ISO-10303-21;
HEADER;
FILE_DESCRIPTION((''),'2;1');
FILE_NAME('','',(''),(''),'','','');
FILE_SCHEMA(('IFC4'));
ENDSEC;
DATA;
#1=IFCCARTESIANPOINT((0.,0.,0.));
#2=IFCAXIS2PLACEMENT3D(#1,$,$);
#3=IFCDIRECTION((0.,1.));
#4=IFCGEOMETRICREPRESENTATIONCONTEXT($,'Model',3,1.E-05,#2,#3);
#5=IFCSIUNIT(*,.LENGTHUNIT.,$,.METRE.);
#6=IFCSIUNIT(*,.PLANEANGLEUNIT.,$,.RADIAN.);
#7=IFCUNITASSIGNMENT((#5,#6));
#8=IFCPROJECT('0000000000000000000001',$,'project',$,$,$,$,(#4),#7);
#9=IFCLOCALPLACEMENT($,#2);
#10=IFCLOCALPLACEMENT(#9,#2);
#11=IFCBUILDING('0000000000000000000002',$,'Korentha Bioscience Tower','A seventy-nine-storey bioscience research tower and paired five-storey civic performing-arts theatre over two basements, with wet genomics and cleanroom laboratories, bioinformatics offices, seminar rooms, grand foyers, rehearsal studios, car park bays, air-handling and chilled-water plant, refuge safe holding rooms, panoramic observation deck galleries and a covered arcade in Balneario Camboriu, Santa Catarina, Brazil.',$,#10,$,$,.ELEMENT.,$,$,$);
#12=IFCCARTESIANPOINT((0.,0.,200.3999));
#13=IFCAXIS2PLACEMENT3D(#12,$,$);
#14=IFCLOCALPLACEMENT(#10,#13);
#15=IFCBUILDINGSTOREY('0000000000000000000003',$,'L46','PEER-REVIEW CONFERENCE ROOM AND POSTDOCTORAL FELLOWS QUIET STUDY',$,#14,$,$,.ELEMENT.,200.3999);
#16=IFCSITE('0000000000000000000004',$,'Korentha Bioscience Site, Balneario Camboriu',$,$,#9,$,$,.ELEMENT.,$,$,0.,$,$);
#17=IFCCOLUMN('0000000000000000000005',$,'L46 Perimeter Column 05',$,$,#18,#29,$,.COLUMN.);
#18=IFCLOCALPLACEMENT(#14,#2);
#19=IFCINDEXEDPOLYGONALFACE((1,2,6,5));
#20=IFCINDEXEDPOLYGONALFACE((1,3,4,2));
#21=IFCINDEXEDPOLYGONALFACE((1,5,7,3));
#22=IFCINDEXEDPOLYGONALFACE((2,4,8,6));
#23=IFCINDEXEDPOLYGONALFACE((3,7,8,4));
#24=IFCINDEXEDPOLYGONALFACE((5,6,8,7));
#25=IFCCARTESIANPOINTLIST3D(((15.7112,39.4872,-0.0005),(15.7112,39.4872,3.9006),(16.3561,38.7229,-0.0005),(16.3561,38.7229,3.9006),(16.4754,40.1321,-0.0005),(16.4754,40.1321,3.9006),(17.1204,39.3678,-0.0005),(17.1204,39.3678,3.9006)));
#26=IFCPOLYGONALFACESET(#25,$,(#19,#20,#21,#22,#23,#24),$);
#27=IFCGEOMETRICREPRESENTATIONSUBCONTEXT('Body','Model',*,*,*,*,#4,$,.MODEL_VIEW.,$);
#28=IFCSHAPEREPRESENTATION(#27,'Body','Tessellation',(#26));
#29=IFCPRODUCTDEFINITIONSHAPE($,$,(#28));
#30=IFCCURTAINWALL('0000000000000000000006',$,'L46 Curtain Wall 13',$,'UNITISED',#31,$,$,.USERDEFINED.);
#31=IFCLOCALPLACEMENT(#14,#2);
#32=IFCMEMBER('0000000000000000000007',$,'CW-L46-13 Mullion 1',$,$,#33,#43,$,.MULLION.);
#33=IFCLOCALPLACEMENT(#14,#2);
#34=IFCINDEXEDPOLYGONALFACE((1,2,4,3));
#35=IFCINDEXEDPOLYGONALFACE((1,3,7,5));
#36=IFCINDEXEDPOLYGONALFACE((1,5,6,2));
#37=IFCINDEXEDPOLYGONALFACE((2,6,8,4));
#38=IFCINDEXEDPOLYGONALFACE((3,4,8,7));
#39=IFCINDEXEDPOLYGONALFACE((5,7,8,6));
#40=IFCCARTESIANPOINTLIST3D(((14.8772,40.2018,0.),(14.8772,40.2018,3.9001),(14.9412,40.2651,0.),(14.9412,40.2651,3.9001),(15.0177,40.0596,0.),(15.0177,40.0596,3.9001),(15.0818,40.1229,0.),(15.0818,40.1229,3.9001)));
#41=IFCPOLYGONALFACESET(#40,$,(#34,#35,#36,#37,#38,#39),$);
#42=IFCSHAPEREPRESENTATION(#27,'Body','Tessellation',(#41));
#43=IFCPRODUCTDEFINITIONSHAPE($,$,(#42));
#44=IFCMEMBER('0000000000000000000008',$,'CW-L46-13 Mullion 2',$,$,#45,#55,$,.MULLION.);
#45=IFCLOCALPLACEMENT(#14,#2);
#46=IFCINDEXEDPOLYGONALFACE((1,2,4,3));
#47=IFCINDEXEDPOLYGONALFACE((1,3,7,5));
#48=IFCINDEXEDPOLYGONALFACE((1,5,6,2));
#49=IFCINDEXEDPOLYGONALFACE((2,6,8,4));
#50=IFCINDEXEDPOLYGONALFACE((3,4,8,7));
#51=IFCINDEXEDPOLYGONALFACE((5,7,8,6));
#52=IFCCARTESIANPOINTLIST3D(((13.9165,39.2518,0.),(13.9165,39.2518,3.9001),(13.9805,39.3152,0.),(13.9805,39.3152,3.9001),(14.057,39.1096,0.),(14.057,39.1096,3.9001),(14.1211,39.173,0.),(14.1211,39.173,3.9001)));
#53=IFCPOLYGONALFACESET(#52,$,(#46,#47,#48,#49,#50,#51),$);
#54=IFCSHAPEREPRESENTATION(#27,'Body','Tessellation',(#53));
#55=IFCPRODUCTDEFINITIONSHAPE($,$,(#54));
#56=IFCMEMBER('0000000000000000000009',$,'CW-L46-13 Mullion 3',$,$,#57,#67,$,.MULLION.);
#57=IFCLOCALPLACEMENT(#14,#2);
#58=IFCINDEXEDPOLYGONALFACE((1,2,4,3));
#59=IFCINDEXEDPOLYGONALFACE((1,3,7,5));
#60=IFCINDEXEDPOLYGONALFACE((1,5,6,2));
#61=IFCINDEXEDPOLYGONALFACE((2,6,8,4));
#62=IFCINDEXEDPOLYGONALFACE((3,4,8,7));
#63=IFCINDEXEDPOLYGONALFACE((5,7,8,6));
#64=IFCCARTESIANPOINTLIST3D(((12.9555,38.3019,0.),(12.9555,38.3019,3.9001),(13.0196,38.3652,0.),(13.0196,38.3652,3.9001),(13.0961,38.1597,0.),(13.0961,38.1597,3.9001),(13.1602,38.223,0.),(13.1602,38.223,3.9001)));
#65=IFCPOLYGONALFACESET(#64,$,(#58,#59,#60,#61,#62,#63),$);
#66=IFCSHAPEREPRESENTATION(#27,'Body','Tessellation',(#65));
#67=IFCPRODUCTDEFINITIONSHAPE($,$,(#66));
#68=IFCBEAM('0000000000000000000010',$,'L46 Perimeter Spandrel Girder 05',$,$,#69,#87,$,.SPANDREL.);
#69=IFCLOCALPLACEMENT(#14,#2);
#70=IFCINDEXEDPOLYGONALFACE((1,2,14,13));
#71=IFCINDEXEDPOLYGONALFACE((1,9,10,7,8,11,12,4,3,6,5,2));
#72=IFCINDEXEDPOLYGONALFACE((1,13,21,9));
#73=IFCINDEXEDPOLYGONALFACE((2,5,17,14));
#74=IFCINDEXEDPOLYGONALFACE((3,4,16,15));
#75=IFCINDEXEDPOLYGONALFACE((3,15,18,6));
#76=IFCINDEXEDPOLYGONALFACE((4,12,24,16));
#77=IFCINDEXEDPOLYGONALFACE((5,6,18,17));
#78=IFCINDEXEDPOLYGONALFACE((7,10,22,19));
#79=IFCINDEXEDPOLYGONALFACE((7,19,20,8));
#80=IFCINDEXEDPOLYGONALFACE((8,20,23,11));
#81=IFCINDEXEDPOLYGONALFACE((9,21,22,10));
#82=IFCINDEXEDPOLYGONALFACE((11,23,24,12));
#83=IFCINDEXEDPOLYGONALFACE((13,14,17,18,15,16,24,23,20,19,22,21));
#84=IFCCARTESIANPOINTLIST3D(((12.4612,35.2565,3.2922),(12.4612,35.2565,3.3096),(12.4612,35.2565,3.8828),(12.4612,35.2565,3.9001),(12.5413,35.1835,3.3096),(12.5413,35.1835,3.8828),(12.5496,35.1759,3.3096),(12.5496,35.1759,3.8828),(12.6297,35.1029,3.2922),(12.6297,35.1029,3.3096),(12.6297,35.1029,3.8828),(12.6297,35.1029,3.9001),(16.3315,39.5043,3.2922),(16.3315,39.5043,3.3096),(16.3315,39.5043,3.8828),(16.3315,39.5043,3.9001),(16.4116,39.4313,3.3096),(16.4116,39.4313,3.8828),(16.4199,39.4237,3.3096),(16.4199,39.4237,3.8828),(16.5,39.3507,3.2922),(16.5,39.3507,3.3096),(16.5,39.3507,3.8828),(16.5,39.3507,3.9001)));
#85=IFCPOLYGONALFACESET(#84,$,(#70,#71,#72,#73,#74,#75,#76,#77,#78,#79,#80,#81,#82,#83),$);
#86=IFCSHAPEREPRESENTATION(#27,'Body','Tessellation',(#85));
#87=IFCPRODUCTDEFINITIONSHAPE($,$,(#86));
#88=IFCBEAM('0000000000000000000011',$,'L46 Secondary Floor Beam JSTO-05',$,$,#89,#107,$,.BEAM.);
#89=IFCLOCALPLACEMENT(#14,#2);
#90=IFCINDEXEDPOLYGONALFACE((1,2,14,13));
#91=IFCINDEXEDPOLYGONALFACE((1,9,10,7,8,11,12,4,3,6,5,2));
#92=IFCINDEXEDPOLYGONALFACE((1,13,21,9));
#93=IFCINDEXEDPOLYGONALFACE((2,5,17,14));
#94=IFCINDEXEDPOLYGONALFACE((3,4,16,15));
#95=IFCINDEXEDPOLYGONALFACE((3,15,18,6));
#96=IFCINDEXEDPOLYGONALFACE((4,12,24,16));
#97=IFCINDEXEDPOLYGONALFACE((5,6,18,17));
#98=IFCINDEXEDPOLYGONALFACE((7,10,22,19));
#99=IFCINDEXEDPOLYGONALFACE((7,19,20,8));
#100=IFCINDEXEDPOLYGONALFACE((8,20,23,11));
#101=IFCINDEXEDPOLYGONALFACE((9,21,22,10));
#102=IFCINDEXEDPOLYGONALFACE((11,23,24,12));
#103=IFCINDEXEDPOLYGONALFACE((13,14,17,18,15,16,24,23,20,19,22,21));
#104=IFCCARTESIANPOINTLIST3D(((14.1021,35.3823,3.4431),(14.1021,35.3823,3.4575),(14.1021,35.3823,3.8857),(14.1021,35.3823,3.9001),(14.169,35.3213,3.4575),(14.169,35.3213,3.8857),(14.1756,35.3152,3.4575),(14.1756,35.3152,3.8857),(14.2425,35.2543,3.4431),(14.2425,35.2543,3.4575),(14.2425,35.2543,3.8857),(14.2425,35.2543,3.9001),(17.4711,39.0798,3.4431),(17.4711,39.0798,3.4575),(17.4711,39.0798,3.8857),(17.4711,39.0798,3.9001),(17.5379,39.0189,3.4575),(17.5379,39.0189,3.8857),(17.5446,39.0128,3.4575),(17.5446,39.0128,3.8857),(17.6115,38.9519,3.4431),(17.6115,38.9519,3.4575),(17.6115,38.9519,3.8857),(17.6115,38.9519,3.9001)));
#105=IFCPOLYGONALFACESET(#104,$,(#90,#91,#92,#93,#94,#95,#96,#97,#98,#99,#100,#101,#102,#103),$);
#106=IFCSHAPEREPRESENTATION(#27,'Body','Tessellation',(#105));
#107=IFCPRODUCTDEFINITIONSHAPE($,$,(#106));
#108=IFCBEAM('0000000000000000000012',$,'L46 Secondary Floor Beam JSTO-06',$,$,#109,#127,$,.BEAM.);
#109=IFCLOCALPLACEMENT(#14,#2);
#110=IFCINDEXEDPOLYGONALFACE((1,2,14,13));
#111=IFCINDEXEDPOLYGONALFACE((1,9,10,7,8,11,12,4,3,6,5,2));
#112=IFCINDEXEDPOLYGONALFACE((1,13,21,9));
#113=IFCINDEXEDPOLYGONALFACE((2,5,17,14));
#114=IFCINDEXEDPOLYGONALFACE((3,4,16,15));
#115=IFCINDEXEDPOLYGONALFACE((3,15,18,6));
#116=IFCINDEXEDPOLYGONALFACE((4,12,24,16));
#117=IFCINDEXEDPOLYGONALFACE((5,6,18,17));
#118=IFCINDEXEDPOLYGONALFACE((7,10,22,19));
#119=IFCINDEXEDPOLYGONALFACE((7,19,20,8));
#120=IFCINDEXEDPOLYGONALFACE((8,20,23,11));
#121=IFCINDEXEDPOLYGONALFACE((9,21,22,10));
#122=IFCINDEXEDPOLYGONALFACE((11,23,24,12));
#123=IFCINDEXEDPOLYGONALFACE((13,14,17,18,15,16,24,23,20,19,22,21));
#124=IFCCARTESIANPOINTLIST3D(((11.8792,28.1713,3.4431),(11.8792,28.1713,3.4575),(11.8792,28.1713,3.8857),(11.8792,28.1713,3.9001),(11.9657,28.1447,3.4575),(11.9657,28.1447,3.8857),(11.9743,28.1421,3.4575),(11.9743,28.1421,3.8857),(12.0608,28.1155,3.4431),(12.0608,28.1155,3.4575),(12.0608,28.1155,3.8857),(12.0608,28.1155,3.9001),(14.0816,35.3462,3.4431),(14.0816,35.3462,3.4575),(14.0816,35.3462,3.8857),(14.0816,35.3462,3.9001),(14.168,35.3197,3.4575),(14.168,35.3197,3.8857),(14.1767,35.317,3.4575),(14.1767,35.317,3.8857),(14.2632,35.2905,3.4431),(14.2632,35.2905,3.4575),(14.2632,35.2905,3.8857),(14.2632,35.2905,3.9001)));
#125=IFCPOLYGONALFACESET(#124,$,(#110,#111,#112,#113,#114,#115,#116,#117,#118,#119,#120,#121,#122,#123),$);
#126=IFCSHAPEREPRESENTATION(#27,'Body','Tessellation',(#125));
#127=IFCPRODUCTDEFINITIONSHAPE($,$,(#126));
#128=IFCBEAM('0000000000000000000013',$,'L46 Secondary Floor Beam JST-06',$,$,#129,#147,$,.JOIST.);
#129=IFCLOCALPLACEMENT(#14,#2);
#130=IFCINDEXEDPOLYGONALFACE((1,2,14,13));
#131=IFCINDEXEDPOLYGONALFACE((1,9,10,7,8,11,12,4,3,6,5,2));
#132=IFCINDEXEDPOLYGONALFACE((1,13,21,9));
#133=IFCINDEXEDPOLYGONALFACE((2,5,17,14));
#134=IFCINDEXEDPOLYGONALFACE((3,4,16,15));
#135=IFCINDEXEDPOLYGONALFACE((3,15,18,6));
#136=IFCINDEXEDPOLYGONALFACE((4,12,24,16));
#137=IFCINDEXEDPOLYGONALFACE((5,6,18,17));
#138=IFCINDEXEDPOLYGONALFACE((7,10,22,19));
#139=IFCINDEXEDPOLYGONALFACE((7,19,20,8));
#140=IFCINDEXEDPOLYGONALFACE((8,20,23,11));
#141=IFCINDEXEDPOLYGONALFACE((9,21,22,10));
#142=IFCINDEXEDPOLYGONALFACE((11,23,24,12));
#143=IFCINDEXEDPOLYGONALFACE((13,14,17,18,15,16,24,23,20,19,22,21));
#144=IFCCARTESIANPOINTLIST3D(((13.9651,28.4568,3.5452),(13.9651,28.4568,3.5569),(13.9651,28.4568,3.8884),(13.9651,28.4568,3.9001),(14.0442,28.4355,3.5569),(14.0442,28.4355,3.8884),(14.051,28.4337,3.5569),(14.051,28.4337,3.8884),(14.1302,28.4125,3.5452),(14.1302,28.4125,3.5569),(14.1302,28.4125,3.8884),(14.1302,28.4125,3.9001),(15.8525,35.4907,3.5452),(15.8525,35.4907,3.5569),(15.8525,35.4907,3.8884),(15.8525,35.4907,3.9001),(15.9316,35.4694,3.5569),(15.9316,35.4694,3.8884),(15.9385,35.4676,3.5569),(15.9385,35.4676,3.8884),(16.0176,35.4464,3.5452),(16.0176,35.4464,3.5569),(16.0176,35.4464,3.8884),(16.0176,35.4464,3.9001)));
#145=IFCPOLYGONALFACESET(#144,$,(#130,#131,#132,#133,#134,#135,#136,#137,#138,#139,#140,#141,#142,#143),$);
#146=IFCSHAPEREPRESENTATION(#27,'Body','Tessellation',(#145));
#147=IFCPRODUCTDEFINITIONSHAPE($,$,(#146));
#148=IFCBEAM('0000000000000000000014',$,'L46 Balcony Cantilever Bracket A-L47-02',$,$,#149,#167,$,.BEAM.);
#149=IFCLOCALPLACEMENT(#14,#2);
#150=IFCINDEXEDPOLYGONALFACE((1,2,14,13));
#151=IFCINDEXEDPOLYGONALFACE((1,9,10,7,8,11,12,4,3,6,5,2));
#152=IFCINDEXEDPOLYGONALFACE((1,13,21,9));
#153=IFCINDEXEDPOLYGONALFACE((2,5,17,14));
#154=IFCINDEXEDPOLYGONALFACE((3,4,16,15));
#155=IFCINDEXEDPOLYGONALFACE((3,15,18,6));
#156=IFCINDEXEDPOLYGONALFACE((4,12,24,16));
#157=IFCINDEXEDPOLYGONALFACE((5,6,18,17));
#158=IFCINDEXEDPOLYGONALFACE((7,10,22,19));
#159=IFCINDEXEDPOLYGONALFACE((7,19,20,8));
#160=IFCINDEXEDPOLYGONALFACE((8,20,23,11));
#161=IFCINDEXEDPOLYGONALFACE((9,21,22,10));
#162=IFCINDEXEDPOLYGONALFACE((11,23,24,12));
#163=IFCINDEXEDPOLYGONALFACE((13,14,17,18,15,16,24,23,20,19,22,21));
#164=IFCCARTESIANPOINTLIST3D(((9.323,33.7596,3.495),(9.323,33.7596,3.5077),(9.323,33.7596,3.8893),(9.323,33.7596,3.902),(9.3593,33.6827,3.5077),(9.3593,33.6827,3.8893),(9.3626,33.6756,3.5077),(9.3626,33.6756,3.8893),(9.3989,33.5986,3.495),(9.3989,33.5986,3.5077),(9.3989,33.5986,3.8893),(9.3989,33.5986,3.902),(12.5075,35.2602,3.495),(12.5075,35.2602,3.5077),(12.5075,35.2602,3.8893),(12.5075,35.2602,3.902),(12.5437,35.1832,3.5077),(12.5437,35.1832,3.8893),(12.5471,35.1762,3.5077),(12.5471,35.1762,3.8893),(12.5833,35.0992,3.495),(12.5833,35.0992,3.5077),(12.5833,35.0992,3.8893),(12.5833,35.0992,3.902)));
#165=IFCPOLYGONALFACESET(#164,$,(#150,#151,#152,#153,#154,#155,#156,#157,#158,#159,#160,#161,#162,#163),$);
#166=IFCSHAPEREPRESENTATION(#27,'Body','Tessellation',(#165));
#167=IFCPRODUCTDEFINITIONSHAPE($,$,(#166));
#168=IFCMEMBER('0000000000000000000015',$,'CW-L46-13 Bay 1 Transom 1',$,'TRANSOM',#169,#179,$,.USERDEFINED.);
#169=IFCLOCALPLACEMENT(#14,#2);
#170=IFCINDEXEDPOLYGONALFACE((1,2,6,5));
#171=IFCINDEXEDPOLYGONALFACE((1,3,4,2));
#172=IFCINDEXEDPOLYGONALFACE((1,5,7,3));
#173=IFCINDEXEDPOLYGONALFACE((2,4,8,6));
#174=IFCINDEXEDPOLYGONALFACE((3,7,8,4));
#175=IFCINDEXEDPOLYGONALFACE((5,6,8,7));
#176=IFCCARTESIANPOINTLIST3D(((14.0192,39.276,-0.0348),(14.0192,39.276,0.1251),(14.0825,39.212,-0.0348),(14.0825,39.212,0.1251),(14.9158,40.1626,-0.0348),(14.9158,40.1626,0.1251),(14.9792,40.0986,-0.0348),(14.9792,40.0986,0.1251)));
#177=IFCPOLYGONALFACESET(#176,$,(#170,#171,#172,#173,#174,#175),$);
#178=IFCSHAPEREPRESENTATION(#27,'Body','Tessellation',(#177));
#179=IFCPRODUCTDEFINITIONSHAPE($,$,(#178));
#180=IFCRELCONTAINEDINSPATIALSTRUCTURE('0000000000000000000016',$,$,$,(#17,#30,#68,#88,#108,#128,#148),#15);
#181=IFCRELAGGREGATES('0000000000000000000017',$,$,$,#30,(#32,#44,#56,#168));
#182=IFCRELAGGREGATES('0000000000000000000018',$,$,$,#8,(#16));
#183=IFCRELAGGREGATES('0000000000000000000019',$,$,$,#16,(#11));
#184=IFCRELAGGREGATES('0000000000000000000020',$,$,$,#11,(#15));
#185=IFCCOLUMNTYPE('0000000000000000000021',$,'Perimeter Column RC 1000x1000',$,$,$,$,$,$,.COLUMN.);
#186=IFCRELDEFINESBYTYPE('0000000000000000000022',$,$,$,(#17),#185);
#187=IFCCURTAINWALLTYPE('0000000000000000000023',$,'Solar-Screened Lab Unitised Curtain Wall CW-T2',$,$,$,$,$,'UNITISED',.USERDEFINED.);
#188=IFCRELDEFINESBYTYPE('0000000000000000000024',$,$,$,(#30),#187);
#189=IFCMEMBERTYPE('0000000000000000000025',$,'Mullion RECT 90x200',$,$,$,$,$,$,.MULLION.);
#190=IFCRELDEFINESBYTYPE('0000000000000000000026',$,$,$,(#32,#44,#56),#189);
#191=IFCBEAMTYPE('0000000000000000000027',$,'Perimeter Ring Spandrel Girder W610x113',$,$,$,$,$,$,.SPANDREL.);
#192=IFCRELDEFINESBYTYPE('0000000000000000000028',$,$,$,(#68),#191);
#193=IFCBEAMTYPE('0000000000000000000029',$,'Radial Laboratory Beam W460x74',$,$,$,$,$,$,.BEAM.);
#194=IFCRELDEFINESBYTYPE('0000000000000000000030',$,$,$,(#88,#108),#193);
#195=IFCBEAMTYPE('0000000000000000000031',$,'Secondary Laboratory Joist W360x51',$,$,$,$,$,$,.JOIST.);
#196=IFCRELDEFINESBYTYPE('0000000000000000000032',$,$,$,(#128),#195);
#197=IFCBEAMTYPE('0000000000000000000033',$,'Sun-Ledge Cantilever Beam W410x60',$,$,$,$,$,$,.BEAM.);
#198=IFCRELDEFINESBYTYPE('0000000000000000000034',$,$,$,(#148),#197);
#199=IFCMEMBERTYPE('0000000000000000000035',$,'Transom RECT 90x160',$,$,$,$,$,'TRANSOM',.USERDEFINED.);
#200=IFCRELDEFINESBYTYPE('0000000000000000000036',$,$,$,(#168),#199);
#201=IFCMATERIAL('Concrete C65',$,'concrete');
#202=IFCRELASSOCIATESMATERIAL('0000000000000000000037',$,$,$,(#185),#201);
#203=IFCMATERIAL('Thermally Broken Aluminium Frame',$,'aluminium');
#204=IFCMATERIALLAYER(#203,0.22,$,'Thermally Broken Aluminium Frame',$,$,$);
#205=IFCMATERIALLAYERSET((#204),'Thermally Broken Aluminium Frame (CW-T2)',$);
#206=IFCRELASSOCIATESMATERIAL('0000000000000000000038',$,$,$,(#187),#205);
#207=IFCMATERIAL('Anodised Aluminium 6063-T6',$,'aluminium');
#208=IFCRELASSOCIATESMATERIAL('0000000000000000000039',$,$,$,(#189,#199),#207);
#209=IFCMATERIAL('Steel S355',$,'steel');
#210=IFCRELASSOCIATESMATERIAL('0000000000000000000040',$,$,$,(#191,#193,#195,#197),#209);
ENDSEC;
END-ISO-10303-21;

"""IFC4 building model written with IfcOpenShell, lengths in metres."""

from ifc_helpers import new_model, si_unit, direction, frame, origin, origin_2d, place, context, subcontext, project, spatial, rectangle, i_section, extrude, material, layer, layer_set, material_profile, profile_set, type_object, element, aggregate, save


model = new_model("IFC4")

# Units and contexts
model_context = context("Model", 3, precision=1e-05, world=origin(), true_north=direction((0.0, 1.0)))
body_context = subcontext(model_context, "Body", "Model", "MODEL_VIEW")
ifc_project = project(units=[si_unit("LENGTHUNIT", "METRE"), si_unit("PLANEANGLEUNIT", "RADIAN")], contexts=[model_context])

# Site, building, storey
site_placement = place(None, origin())
site = spatial("IfcSite", under=ifc_project, at=site_placement, Name="Korentha Bioscience Site, Balneario Camboriu", CompositionType="ELEMENT", RefElevation=0.0)
building_placement = place(site_placement, origin())
building = spatial("IfcBuilding", under=site, at=building_placement, Name="Korentha Bioscience Tower", Description="A seventy-nine-storey bioscience research tower and paired five-storey civic performing-arts theatre over two basements, with wet genomics and cleanroom laboratories, bioinformatics offices, seminar rooms, grand foyers, rehearsal studios, car park bays, air-handling and chilled-water plant, refuge safe holding rooms, panoramic observation deck galleries and a covered arcade in Balneario Camboriu, Santa Catarina, Brazil.", CompositionType="ELEMENT")
storey_placement = place(building_placement, frame((0.0, 0.0, 200.3999)))
storey = spatial("IfcBuildingStorey", under=building, at=storey_placement, Name="L46", Description="PEER-REVIEW CONFERENCE ROOM AND POSTDOCTORAL FELLOWS QUIET STUDY", CompositionType="ELEMENT", Elevation=200.3999)

# Column
ifc_material_1 = material(Name="Concrete C65", Category="concrete")
ifc_material_profile_1 = material_profile(ifc_material_1, rectangle(XDim=1.0, YDim=1.0, at=origin_2d()), Name="Concrete C65")
ifc_profile_set_1 = profile_set([ifc_material_profile_1], Name="Concrete C65 (COL-P10)")
column_type = type_object("IfcColumnType", Name="Perimeter Column RC 1000x1000", PredefinedType="COLUMN", material=ifc_profile_set_1)
column_placement = place(storey_placement, frame((16.4158, 39.4275, -0.0005), z_axis=(0.0, 0.0, 1.0), x_axis=(0.764246, 0.644924, 0.0)))
element("IfcColumn", 1, at=column_placement, inside=storey, type_object=column_type, Name="L46 Perimeter Column 05", PredefinedType="COLUMN", context=body_context, shape_type="SweptSolid", body=[
    extrude(rectangle(XDim=1.0, YDim=1.0, at=origin_2d()), origin(), (0.0, 0.0, 1.0), 3.9011),
])

# Curtain wall, members
ifc_material_2 = material(Name="Thermally Broken Aluminium Frame", Category="aluminium")
ifc_layer_1 = layer(ifc_material_2, 0.22, Name="Thermally Broken Aluminium Frame")
ifc_layer_set_1 = layer_set([ifc_layer_1], Name="Thermally Broken Aluminium Frame (CW-T2)")
curtain_wall_type = type_object("IfcCurtainWallType", Name="Solar-Screened Lab Unitised Curtain Wall CW-T2", ElementType="UNITISED", PredefinedType="USERDEFINED", material=ifc_layer_set_1)
curtain_wall_placement = place(storey_placement, origin())
curtain_wall = element("IfcCurtainWall", 2, at=curtain_wall_placement, inside=storey, type_object=curtain_wall_type, Name="L46 Curtain Wall 13", ObjectType="UNITISED", PredefinedType="USERDEFINED")
ifc_material_3 = material(Name="Anodised Aluminium 6063-T6", Category="aluminium")
ifc_material_profile_2 = material_profile(ifc_material_3, rectangle(XDim=0.0901, YDim=0.2, at=origin_2d()), Name="Anodised Aluminium 6063-T6")
ifc_profile_set_2 = profile_set([ifc_material_profile_2], Name="Anodised Aluminium 6063-T6 (CW-MUL)")
member_type_1 = type_object("IfcMemberType", Name="Mullion RECT 90x200", PredefinedType="MULLION", material=ifc_profile_set_2)
member_1_placement = place(storey_placement, frame((14.9795, 40.1624, 0.0), z_axis=(0.0, 0.0, 1.0), x_axis=(-0.711178, -0.703012, 0.0)))
member_1 = element("IfcMember", 3, at=member_1_placement, type_object=member_type_1, Name="CW-L46-13 Mullion 1", PredefinedType="MULLION", context=body_context, shape_type="SweptSolid", body=[
    extrude(rectangle(XDim=0.0901, YDim=0.2, at=origin_2d()), origin(), (0.0, 0.0, 1.0), 3.9001),
])
member_2_placement = place(storey_placement, frame((14.0188, 39.2124, 0.0), z_axis=(0.0, 0.0, 1.0), x_axis=(-0.711178, -0.703012, 0.0)))
member_2 = element("IfcMember", 4, at=member_2_placement, type_object=member_type_1, Name="CW-L46-13 Mullion 2", PredefinedType="MULLION", context=body_context, shape_type="SweptSolid", body=[
    extrude(rectangle(XDim=0.0901, YDim=0.2, at=origin_2d()), origin(), (0.0, 0.0, 1.0), 3.9001),
])
member_3_placement = place(storey_placement, frame((13.0579, 38.2625, 0.0), z_axis=(0.0, 0.0, 1.0), x_axis=(-0.711178, -0.703012, 0.0)))
member_3 = element("IfcMember", 5, at=member_3_placement, type_object=member_type_1, Name="CW-L46-13 Mullion 3", PredefinedType="MULLION", context=body_context, shape_type="SweptSolid", body=[
    extrude(rectangle(XDim=0.0901, YDim=0.2, at=origin_2d()), origin(), (0.0, 0.0, 1.0), 3.9001),
])

# Beams
ifc_material_4 = material(Name="Steel S355", Category="steel")
ifc_material_profile_3 = material_profile(ifc_material_4, i_section(OverallWidth=0.228, OverallDepth=0.6079, WebThickness=0.0112, FlangeThickness=0.0173, at=origin_2d()), Name="Steel S355")
ifc_profile_set_3 = profile_set([ifc_material_profile_3], Name="Steel S355 (SB-610)")
beam_type_1 = type_object("IfcBeamType", Name="Perimeter Ring Spandrel Girder W610x113", PredefinedType="SPANDREL", material=ifc_profile_set_3)
beam_1_placement = place(storey_placement, frame((16.4158, 39.4275, 3.5962), z_axis=(-0.673503, -0.739184, 0.0), x_axis=(0.739184, -0.673503, 0.0)))
element("IfcBeam", 6, at=beam_1_placement, inside=storey, type_object=beam_type_1, Name="L46 Perimeter Spandrel Girder 05", PredefinedType="SPANDREL", context=body_context, shape_type="SweptSolid", body=[
    extrude(i_section(OverallWidth=0.228, OverallDepth=0.6079, WebThickness=0.0112, FlangeThickness=0.0173, at=origin_2d()), origin(), (0.0, 0.0, 1.0), 5.7466),
])
ifc_material_profile_4 = material_profile(ifc_material_4, i_section(OverallWidth=0.1899, OverallDepth=0.457, WebThickness=0.009, FlangeThickness=0.0144, at=origin_2d()), Name="Steel S355")
ifc_profile_set_4 = profile_set([ifc_material_profile_4], Name="Steel S355 (RB-460)")
beam_type_2 = type_object("IfcBeamType", Name="Radial Laboratory Beam W460x74", PredefinedType="BEAM", material=ifc_profile_set_4)
beam_2_placement = place(storey_placement, frame((17.5413, 39.0159, 3.6716), z_axis=(-0.673496, -0.739191, 0.0), x_axis=(0.739191, -0.673496, 0.0)))
element("IfcBeam", 7, at=beam_2_placement, inside=storey, type_object=beam_type_2, Name="L46 Secondary Floor Beam JSTO-05", PredefinedType="BEAM", context=body_context, shape_type="SweptSolid", body=[
    extrude(i_section(OverallWidth=0.1899, OverallDepth=0.457, WebThickness=0.009, FlangeThickness=0.0144, at=origin_2d()), origin(), (0.0, 0.0, 1.0), 5.0022),
])
beam_3_placement = place(storey_placement, frame((14.1724, 35.3184, 3.6716), z_axis=(-0.293439, -0.955978, 0.0), x_axis=(0.955978, -0.293439, 0.0)))
element("IfcBeam", 8, at=beam_3_placement, inside=storey, type_object=beam_type_2, Name="L46 Secondary Floor Beam JSTO-06", PredefinedType="BEAM", context=body_context, shape_type="SweptSolid", body=[
    extrude(i_section(OverallWidth=0.1899, OverallDepth=0.457, WebThickness=0.009, FlangeThickness=0.0144, at=origin_2d()), origin(), (0.0, 0.0, 1.0), 7.5054),
])
ifc_material_profile_5 = material_profile(ifc_material_4, i_section(OverallWidth=0.1709, OverallDepth=0.355, WebThickness=0.0071, FlangeThickness=0.0117, at=origin_2d()), Name="Steel S355")
ifc_profile_set_5 = profile_set([ifc_material_profile_5], Name="Steel S355 (JB-360)")
beam_type_3 = type_object("IfcBeamType", Name="Secondary Laboratory Joist W360x51", PredefinedType="JOIST", material=ifc_profile_set_5)
beam_4_placement = place(storey_placement, frame((15.9351, 35.4685, 3.7227), z_axis=(-0.259167, -0.965833, 0.0), x_axis=(0.965833, -0.259167, 0.0)))
element("IfcBeam", 9, at=beam_4_placement, inside=storey, type_object=beam_type_3, Name="L46 Secondary Floor Beam JST-06", PredefinedType="JOIST", context=body_context, shape_type="SweptSolid", body=[
    extrude(i_section(OverallWidth=0.1709, OverallDepth=0.355, WebThickness=0.0071, FlangeThickness=0.0117, at=origin_2d()), origin(), (0.0, 0.0, 1.0), 7.2827),
])
ifc_material_profile_6 = material_profile(ifc_material_4, i_section(OverallWidth=0.178, OverallDepth=0.407, WebThickness=0.0078, FlangeThickness=0.0127, at=origin_2d()), Name="Steel S355")
ifc_profile_set_6 = profile_set([ifc_material_profile_6], Name="Steel S355 (CB-410)")
beam_type_4 = type_object("IfcBeamType", Name="Sun-Ledge Cantilever Beam W410x60", PredefinedType="BEAM", material=ifc_profile_set_6)
beam_5_placement = place(storey_placement, frame((12.5454, 35.1797, 3.6985), z_axis=(-0.904602, -0.426258, 0.0), x_axis=(0.426258, -0.904602, 0.0)))
element("IfcBeam", 10, at=beam_5_placement, inside=storey, type_object=beam_type_4, Name="L46 Balcony Cantilever Bracket A-L47-02", PredefinedType="BEAM", context=body_context, shape_type="SweptSolid", body=[
    extrude(i_section(OverallWidth=0.178, OverallDepth=0.407, WebThickness=0.0078, FlangeThickness=0.0127, at=origin_2d()), origin(), (0.0, 0.0, 1.0), 3.5203),
])

# Member
ifc_material_profile_7 = material_profile(ifc_material_3, rectangle(XDim=0.0901, YDim=0.1599, at=origin_2d()), Name="Anodised Aluminium 6063-T6")
ifc_profile_set_7 = profile_set([ifc_material_profile_7], Name="Anodised Aluminium 6063-T6 (CW-TRN)")
member_type_2 = type_object("IfcMemberType", Name="Transom RECT 90x160", ElementType="TRANSOM", PredefinedType="USERDEFINED", material=ifc_profile_set_7)
member_4_placement = place(storey_placement, frame((14.9475, 40.1306, 0.0452), z_axis=(-0.711064, -0.703127, 0.0), x_axis=(0.703127, -0.711064, 0.0)))
member_4 = element("IfcMember", 11, at=member_4_placement, type_object=member_type_2, Name="CW-L46-13 Bay 1 Transom 1", ObjectType="TRANSOM", PredefinedType="USERDEFINED", context=body_context, shape_type="SweptSolid", body=[
    extrude(rectangle(XDim=0.0901, YDim=0.1599, at=origin_2d()), origin(), (0.0, 0.0, 1.0), 1.261),
])

aggregate(curtain_wall, [member_1, member_2, member_3, member_4])

save(model, "model.ifc")
